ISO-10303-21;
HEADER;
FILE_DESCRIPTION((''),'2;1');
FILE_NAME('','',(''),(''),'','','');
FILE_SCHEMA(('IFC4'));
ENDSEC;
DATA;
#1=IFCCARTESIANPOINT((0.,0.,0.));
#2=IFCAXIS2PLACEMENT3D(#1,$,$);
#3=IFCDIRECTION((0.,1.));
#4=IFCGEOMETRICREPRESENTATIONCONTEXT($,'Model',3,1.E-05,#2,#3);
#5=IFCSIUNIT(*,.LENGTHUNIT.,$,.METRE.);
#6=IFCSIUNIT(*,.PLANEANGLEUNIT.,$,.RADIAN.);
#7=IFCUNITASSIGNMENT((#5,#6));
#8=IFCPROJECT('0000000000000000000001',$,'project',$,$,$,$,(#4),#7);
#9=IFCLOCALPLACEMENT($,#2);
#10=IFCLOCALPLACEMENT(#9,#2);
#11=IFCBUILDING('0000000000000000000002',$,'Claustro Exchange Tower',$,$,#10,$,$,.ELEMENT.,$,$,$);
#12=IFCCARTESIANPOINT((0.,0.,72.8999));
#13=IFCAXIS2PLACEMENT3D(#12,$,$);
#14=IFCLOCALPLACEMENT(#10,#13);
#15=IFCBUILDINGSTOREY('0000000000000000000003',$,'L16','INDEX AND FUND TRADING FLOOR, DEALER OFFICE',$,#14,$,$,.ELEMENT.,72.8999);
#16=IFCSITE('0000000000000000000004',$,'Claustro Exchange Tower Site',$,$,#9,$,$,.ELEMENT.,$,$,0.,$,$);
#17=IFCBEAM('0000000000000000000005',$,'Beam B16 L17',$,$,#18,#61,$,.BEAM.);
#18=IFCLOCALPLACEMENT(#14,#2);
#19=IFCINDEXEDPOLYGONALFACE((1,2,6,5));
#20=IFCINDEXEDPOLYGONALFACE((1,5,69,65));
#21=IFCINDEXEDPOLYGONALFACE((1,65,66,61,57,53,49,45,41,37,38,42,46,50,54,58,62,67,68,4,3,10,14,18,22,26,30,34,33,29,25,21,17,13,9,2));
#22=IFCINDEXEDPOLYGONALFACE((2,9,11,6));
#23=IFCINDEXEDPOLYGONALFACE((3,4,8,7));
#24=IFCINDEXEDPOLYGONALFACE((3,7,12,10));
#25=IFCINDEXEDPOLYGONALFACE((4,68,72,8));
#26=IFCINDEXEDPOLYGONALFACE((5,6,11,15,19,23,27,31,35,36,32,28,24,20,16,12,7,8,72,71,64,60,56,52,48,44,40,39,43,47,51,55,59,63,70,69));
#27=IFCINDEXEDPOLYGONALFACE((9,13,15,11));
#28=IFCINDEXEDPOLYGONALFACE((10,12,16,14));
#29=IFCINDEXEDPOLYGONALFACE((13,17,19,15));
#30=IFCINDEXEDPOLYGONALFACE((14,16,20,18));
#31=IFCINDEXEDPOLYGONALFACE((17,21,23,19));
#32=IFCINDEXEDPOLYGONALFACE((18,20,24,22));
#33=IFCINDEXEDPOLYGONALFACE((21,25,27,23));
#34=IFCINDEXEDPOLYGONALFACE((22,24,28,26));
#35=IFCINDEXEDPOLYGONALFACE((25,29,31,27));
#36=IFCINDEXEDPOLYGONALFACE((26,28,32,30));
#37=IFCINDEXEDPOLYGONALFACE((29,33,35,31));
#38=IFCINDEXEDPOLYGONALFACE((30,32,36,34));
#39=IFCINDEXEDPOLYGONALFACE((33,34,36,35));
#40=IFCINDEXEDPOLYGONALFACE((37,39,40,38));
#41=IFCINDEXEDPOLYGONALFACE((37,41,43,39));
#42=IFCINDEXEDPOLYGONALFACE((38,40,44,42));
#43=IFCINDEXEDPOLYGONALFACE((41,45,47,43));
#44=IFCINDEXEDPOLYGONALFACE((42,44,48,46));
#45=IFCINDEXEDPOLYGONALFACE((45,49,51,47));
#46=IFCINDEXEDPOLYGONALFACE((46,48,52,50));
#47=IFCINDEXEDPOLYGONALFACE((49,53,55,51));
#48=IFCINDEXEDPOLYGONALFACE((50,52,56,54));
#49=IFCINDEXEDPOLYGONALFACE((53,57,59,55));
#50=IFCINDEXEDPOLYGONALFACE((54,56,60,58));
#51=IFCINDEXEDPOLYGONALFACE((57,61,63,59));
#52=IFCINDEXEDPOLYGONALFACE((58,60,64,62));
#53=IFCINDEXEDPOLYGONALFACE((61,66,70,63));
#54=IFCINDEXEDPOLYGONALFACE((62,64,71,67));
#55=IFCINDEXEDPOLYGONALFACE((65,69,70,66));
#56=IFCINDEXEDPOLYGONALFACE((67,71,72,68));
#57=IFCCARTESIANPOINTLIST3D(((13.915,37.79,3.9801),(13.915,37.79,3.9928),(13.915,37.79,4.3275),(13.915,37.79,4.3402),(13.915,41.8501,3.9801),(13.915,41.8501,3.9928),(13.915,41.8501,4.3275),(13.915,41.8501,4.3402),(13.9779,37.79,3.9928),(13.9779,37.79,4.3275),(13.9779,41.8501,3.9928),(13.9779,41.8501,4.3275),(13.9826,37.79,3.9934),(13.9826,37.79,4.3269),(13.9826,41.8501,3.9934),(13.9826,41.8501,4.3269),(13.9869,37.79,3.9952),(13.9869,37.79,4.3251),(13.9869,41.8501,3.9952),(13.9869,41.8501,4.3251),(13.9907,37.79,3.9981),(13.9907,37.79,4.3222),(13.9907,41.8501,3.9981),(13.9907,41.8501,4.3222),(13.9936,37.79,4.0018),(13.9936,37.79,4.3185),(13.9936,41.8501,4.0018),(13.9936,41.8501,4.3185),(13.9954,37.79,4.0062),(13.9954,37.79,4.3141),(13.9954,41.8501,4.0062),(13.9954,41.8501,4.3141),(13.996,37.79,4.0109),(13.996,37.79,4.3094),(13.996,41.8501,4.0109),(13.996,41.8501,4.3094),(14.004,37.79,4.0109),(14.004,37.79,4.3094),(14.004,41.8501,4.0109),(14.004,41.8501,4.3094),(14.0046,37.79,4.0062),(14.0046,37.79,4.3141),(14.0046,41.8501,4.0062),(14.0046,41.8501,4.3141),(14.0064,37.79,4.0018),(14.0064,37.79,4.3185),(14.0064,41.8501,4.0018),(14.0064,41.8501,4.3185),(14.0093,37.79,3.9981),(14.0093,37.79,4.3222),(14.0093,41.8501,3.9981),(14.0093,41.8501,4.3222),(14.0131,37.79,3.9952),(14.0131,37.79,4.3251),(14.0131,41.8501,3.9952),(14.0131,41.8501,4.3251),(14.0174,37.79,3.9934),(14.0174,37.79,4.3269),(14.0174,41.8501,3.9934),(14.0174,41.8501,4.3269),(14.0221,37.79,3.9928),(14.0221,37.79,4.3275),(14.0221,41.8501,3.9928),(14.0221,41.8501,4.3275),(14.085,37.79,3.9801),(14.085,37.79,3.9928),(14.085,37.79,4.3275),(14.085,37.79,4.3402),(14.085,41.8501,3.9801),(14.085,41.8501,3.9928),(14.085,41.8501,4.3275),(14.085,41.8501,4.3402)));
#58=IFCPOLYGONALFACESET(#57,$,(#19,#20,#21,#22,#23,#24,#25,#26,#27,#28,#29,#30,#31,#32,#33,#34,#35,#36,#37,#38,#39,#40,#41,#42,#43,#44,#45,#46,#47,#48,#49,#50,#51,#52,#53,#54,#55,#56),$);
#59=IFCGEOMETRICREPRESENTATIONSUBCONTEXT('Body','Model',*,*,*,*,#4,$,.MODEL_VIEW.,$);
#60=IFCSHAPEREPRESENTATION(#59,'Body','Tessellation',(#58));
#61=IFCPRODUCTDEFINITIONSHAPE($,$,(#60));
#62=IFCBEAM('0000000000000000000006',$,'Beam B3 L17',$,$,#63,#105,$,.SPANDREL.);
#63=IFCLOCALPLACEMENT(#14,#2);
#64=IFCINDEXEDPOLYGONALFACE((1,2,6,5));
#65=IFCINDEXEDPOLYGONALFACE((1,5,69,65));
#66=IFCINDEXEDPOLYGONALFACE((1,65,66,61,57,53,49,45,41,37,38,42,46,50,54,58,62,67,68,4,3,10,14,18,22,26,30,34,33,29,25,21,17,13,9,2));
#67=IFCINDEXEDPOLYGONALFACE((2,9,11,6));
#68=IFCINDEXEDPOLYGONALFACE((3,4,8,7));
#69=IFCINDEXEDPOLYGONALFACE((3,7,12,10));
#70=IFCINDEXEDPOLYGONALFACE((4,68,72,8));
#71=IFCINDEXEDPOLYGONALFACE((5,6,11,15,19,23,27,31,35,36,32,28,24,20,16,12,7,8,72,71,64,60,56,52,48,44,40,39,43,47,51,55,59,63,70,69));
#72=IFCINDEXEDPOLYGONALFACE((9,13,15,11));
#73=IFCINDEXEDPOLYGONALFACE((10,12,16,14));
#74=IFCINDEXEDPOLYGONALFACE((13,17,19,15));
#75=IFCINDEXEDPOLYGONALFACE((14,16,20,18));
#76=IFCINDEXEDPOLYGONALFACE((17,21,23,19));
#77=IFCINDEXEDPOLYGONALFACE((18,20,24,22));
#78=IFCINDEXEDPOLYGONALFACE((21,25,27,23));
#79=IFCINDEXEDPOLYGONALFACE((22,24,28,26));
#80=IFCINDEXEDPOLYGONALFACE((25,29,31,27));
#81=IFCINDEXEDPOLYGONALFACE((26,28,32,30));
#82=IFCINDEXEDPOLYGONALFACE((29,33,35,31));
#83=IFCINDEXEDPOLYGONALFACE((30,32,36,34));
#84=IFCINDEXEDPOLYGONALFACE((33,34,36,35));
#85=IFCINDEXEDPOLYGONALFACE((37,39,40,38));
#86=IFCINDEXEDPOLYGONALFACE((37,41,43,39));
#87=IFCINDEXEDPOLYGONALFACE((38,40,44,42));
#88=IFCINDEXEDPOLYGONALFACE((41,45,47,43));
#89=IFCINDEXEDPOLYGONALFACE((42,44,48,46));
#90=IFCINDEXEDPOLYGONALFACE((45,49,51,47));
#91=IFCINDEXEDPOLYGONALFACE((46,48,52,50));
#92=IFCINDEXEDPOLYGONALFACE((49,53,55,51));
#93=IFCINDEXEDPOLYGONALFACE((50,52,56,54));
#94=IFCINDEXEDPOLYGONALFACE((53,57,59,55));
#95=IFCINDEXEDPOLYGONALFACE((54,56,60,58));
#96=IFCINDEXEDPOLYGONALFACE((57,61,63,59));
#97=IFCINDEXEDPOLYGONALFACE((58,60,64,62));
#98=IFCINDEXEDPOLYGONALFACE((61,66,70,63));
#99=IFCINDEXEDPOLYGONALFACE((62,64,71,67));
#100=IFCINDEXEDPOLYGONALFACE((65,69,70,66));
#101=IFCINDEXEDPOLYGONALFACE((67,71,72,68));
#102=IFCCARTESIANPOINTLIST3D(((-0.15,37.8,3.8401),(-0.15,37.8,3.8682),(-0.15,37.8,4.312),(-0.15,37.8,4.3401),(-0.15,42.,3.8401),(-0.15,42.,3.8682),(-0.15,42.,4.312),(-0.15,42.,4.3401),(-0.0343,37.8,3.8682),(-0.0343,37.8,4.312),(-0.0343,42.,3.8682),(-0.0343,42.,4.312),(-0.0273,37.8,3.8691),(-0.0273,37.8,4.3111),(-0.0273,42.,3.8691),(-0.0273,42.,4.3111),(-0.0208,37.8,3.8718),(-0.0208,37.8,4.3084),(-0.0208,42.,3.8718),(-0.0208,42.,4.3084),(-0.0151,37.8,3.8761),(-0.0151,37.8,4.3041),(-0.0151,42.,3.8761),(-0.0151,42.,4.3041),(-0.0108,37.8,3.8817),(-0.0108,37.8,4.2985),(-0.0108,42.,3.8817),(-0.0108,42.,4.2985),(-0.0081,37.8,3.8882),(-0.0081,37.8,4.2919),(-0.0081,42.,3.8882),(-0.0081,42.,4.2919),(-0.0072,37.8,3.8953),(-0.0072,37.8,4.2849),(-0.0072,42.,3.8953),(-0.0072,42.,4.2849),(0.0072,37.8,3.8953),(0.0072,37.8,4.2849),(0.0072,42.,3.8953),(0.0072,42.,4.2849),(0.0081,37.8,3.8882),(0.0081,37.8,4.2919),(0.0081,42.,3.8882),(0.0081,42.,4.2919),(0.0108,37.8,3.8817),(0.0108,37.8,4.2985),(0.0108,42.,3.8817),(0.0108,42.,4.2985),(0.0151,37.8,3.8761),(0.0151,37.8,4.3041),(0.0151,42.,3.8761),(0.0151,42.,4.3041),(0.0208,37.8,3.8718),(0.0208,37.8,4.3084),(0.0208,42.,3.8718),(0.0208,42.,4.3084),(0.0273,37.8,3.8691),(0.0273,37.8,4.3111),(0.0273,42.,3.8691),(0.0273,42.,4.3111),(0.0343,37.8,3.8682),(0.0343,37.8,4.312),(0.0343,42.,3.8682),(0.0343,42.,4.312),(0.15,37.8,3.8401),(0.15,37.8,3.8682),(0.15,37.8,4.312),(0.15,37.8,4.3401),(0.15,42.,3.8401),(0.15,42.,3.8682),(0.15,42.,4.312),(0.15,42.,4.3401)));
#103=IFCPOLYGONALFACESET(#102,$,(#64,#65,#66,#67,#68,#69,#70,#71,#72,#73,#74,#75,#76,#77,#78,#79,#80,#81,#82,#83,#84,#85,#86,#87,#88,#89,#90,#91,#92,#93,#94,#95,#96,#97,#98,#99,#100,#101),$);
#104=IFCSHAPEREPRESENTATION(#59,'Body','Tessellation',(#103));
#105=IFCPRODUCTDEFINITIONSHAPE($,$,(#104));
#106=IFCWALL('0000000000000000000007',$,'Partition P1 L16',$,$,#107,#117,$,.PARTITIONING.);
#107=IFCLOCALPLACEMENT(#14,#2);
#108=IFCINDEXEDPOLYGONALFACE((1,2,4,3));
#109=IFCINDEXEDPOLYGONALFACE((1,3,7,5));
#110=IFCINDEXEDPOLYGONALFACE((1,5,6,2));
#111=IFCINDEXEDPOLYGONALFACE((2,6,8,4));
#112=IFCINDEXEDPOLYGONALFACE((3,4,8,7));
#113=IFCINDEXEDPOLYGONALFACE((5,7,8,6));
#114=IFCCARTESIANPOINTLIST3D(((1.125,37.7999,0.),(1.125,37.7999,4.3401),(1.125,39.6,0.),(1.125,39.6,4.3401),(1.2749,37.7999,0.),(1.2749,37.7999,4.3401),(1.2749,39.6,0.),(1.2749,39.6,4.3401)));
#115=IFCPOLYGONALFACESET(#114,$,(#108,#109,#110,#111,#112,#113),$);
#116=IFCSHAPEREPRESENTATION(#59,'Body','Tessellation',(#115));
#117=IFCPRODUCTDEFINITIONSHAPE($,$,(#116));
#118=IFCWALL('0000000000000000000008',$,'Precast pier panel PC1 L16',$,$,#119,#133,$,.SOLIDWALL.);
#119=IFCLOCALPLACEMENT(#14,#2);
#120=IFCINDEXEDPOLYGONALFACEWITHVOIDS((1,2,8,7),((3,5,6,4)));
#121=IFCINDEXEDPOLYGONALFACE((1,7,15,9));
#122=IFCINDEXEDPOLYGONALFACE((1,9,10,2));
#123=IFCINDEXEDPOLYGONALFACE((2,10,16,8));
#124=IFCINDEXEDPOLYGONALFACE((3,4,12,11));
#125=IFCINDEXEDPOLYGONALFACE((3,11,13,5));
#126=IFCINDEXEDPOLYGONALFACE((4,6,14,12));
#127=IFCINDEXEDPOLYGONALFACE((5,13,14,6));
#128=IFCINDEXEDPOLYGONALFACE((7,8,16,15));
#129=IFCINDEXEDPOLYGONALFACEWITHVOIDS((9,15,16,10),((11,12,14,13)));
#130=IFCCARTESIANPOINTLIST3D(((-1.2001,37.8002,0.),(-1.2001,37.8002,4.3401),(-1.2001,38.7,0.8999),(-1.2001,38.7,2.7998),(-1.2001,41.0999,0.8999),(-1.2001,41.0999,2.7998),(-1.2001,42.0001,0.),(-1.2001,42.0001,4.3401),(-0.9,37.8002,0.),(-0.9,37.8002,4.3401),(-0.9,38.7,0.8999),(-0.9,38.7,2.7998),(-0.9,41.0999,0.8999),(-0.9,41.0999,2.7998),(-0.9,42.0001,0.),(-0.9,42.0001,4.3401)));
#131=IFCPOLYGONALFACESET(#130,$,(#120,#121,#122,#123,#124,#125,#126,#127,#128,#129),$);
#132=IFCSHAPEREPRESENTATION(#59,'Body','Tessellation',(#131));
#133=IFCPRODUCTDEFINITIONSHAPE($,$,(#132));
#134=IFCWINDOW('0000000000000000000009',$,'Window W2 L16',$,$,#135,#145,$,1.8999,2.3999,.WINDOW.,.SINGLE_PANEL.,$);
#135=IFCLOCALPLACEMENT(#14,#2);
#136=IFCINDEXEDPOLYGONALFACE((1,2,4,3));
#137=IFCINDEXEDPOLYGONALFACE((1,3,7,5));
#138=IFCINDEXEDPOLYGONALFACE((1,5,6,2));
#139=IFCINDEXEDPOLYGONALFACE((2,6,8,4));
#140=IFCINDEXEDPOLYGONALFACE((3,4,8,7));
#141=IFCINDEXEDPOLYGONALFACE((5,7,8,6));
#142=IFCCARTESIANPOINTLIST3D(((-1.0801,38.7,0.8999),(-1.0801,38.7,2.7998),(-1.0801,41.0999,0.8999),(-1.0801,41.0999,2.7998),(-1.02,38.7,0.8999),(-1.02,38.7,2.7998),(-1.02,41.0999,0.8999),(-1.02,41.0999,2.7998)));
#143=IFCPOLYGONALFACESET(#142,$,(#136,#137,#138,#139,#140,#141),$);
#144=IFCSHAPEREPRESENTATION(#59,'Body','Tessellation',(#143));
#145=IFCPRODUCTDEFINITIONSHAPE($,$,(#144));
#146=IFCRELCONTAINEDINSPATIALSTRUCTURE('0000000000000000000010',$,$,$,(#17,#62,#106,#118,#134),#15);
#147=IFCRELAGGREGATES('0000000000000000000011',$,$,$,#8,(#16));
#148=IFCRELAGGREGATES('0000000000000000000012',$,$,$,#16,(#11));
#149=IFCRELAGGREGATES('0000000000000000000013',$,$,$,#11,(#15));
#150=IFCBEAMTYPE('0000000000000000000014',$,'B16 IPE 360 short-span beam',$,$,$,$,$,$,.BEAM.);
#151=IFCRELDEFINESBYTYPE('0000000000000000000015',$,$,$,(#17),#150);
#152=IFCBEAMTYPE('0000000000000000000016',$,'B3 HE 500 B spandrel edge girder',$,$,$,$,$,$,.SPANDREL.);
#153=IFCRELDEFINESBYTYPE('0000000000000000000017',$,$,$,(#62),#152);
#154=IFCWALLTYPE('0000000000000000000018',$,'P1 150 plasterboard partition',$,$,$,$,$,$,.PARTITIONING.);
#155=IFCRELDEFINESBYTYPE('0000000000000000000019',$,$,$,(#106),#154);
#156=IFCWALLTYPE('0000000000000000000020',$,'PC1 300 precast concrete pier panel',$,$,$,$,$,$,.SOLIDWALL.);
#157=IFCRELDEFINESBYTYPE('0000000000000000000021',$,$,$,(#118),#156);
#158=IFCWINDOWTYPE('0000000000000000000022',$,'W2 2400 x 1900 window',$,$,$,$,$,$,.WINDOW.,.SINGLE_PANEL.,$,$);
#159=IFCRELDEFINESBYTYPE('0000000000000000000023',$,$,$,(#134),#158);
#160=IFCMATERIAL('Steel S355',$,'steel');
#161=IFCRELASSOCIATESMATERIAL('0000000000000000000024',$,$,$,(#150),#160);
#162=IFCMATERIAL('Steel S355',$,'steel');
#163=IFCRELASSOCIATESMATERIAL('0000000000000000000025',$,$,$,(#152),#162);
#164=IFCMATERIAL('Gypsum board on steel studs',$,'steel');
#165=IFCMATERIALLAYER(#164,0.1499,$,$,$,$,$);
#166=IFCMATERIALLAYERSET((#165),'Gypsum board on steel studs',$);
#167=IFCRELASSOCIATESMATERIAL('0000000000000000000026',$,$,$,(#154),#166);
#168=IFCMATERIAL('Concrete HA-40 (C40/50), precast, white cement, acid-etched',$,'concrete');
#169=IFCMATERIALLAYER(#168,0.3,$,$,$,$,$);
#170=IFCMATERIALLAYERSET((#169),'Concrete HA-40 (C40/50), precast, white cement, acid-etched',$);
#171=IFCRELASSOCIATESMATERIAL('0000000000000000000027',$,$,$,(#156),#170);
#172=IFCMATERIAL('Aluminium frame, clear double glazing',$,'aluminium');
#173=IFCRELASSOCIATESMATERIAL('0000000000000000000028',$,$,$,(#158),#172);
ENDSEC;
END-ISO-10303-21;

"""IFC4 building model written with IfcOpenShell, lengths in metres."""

from ifc_helpers import new_model, si_unit, direction, frame, frame_2d, origin, origin_2d, place, context, subcontext, project, spatial, rectangle, i_section, extrude, material, layer, layer_set, material_profile, profile_set, type_object, element, fill, save


model = new_model("IFC4")

# Units and contexts
model_context = context("Model", 3, precision=1e-05, world=origin(), true_north=direction((0.0, 1.0)))
body_context = subcontext(model_context, "Body", "Model", "MODEL_VIEW")
ifc_project = project(units=[si_unit("LENGTHUNIT", "METRE"), si_unit("PLANEANGLEUNIT", "RADIAN")], contexts=[model_context])

# Site, building, storey
site_placement = place(None, origin())
site = spatial("IfcSite", under=ifc_project, at=site_placement, Name="Claustro Exchange Tower Site", CompositionType="ELEMENT", RefElevation=0.0)
building_placement = place(site_placement, origin())
building = spatial("IfcBuilding", under=site, at=building_placement, Name="Claustro Exchange Tower", CompositionType="ELEMENT")
storey_placement = place(building_placement, frame((0.0, 0.0, 72.8999)))
storey = spatial("IfcBuildingStorey", under=building, at=storey_placement, Name="L16", Description="INDEX AND FUND TRADING FLOOR, DEALER OFFICE", CompositionType="ELEMENT", Elevation=72.8999)

# Beams
ifc_material_1 = material(Name="Steel S355", Category="steel")
ifc_material_profile_1 = material_profile(ifc_material_1, i_section(OverallWidth=0.1699, OverallDepth=0.3601, WebThickness=0.0081, FlangeThickness=0.0127, FilletRadius=0.0181, at=origin_2d()), Name="IPE 360")
ifc_profile_set_1 = profile_set([ifc_material_profile_1], Name="Steel S355")
beam_type_1 = type_object("IfcBeamType", Name="B16 IPE 360 short-span beam", PredefinedType="BEAM", material=ifc_profile_set_1)
for number, where, z_axis, x_axis, name in (
    (1, (14.0, 37.79, 4.1602), (0.0, 1.0, 0.0), (-1.0, 0.0, 0.0), "Beam B16 L17"),
):
    element("IfcBeam", number, at=place(storey_placement, frame(where, z_axis=z_axis, x_axis=x_axis)), inside=storey, type_object=beam_type_1, Name=name, PredefinedType="BEAM", context=body_context, shape_type="SweptSolid", body=[
        extrude(i_section(OverallWidth=0.1699, OverallDepth=0.3601, WebThickness=0.0081, FlangeThickness=0.0127, FilletRadius=0.0181, at=origin_2d()), origin(), (0.0, 0.0, 1.0), 4.0601),
    ])
ifc_material_2 = material(Name="Steel S355", Category="steel")
ifc_material_profile_2 = material_profile(ifc_material_2, i_section(OverallWidth=0.3, OverallDepth=0.5, WebThickness=0.0144, FlangeThickness=0.0281, FilletRadius=0.0271, at=origin_2d()), Name="HE 500 B")
ifc_profile_set_2 = profile_set([ifc_material_profile_2], Name="Steel S355")
beam_type_2 = type_object("IfcBeamType", Name="B3 HE 500 B spandrel edge girder", PredefinedType="SPANDREL", material=ifc_profile_set_2)
beam_1_placement = place(storey_placement, frame((0.0, 37.8, 4.0901), z_axis=(0.0, 1.0, 0.0), x_axis=(-1.0, 0.0, 0.0)))
element("IfcBeam", 2, at=beam_1_placement, inside=storey, type_object=beam_type_2, Name="Beam B3 L17", PredefinedType="SPANDREL", context=body_context, shape_type="SweptSolid", body=[
    extrude(i_section(OverallWidth=0.3, OverallDepth=0.5, WebThickness=0.0144, FlangeThickness=0.0281, FilletRadius=0.0271, at=origin_2d()), origin(), (0.0, 0.0, 1.0), 4.2),
])

# Wall
ifc_material_3 = material(Name="Gypsum board on steel studs", Category="steel")
ifc_layer_1 = layer(ifc_material_3, 0.1499)
ifc_layer_set_1 = layer_set([ifc_layer_1], Name="Gypsum board on steel studs")
wall_type_1 = type_object("IfcWallType", Name="P1 150 plasterboard partition", PredefinedType="PARTITIONING", material=ifc_layer_set_1)
wall_1_placement = place(storey_placement, frame((1.2, 37.8, 0.0), z_axis=(0.0, 0.0, 1.0), x_axis=(0.0, 1.0, 0.0)))
element("IfcWall", 3, at=wall_1_placement, inside=storey, type_object=wall_type_1, Name="Partition P1 L16", PredefinedType="PARTITIONING", context=body_context, shape_type="SweptSolid", body=[
    extrude(rectangle(XDim=1.8, YDim=0.1499, at=frame_2d((0.8999, 0.0))), origin(), (0.0, 0.0, 1.0), 4.3401),
])

# Wall, opening, window
ifc_material_4 = material(Name="Concrete HA-40 (C40/50), precast, white cement, acid-etched", Category="concrete")
ifc_layer_2 = layer(ifc_material_4, 0.3)
ifc_layer_set_2 = layer_set([ifc_layer_2], Name="Concrete HA-40 (C40/50), precast, white cement, acid-etched")
wall_type_2 = type_object("IfcWallType", Name="PC1 300 precast concrete pier panel", PredefinedType="SOLIDWALL", material=ifc_layer_set_2)
wall_2_placement = place(storey_placement, frame((-1.05, 37.8, 0.0), z_axis=(0.0, 0.0, 1.0), x_axis=(0.0, 1.0, 0.0)))
wall_2 = element("IfcWall", 4, at=wall_2_placement, inside=storey, type_object=wall_type_2, Name="Precast pier panel PC1 L16", PredefinedType="SOLIDWALL", context=body_context, shape_type="SweptSolid", body=[
    extrude(rectangle(XDim=4.2, YDim=0.3, at=frame_2d((2.1001, 0.0))), origin(), (0.0, 0.0, 1.0), 4.3401),
])
opening_1_placement = place(wall_2_placement, frame((0.8999, 0.0, 0.8999)))
opening_1 = element("IfcOpeningElement", 5, at=opening_1_placement, cuts=wall_2, PredefinedType="OPENING", context=body_context, shape_type="SweptSolid", body=[
    extrude(rectangle(XDim=2.3999, YDim=1.8999, at=frame_2d((1.2, 0.95))), frame((0.0, 0.1599, 0.0), z_axis=(0.0, -1.0, 0.0), x_axis=(1.0, 0.0, 0.0)), (0.0, 0.0, 1.0), 0.3201),
])
ifc_material_5 = material(Name="Aluminium frame, clear double glazing", Category="aluminium")
window_type = type_object("IfcWindowType", Name="W2 2400 x 1900 window", PartitioningType="SINGLE_PANEL", PredefinedType="WINDOW", material=ifc_material_5)
window_1_placement = place(opening_1_placement, origin())
window_1 = element("IfcWindow", 6, at=window_1_placement, inside=storey, type_object=window_type, Name="Window W2 L16", OverallHeight=1.8999, OverallWidth=2.3999, PartitioningType="SINGLE_PANEL", PredefinedType="WINDOW", context=body_context, shape_type="SweptSolid", body=[
    extrude(rectangle(XDim=2.3999, YDim=1.8999, at=frame_2d((1.2, 0.95))), frame((0.0, 0.03, 0.0), z_axis=(0.0, -1.0, 0.0), x_axis=(1.0, 0.0, 0.0)), (0.0, 0.0, 1.0), 0.0601),
])
fill(opening_1, window_1)

save(model, "model.ifc")
